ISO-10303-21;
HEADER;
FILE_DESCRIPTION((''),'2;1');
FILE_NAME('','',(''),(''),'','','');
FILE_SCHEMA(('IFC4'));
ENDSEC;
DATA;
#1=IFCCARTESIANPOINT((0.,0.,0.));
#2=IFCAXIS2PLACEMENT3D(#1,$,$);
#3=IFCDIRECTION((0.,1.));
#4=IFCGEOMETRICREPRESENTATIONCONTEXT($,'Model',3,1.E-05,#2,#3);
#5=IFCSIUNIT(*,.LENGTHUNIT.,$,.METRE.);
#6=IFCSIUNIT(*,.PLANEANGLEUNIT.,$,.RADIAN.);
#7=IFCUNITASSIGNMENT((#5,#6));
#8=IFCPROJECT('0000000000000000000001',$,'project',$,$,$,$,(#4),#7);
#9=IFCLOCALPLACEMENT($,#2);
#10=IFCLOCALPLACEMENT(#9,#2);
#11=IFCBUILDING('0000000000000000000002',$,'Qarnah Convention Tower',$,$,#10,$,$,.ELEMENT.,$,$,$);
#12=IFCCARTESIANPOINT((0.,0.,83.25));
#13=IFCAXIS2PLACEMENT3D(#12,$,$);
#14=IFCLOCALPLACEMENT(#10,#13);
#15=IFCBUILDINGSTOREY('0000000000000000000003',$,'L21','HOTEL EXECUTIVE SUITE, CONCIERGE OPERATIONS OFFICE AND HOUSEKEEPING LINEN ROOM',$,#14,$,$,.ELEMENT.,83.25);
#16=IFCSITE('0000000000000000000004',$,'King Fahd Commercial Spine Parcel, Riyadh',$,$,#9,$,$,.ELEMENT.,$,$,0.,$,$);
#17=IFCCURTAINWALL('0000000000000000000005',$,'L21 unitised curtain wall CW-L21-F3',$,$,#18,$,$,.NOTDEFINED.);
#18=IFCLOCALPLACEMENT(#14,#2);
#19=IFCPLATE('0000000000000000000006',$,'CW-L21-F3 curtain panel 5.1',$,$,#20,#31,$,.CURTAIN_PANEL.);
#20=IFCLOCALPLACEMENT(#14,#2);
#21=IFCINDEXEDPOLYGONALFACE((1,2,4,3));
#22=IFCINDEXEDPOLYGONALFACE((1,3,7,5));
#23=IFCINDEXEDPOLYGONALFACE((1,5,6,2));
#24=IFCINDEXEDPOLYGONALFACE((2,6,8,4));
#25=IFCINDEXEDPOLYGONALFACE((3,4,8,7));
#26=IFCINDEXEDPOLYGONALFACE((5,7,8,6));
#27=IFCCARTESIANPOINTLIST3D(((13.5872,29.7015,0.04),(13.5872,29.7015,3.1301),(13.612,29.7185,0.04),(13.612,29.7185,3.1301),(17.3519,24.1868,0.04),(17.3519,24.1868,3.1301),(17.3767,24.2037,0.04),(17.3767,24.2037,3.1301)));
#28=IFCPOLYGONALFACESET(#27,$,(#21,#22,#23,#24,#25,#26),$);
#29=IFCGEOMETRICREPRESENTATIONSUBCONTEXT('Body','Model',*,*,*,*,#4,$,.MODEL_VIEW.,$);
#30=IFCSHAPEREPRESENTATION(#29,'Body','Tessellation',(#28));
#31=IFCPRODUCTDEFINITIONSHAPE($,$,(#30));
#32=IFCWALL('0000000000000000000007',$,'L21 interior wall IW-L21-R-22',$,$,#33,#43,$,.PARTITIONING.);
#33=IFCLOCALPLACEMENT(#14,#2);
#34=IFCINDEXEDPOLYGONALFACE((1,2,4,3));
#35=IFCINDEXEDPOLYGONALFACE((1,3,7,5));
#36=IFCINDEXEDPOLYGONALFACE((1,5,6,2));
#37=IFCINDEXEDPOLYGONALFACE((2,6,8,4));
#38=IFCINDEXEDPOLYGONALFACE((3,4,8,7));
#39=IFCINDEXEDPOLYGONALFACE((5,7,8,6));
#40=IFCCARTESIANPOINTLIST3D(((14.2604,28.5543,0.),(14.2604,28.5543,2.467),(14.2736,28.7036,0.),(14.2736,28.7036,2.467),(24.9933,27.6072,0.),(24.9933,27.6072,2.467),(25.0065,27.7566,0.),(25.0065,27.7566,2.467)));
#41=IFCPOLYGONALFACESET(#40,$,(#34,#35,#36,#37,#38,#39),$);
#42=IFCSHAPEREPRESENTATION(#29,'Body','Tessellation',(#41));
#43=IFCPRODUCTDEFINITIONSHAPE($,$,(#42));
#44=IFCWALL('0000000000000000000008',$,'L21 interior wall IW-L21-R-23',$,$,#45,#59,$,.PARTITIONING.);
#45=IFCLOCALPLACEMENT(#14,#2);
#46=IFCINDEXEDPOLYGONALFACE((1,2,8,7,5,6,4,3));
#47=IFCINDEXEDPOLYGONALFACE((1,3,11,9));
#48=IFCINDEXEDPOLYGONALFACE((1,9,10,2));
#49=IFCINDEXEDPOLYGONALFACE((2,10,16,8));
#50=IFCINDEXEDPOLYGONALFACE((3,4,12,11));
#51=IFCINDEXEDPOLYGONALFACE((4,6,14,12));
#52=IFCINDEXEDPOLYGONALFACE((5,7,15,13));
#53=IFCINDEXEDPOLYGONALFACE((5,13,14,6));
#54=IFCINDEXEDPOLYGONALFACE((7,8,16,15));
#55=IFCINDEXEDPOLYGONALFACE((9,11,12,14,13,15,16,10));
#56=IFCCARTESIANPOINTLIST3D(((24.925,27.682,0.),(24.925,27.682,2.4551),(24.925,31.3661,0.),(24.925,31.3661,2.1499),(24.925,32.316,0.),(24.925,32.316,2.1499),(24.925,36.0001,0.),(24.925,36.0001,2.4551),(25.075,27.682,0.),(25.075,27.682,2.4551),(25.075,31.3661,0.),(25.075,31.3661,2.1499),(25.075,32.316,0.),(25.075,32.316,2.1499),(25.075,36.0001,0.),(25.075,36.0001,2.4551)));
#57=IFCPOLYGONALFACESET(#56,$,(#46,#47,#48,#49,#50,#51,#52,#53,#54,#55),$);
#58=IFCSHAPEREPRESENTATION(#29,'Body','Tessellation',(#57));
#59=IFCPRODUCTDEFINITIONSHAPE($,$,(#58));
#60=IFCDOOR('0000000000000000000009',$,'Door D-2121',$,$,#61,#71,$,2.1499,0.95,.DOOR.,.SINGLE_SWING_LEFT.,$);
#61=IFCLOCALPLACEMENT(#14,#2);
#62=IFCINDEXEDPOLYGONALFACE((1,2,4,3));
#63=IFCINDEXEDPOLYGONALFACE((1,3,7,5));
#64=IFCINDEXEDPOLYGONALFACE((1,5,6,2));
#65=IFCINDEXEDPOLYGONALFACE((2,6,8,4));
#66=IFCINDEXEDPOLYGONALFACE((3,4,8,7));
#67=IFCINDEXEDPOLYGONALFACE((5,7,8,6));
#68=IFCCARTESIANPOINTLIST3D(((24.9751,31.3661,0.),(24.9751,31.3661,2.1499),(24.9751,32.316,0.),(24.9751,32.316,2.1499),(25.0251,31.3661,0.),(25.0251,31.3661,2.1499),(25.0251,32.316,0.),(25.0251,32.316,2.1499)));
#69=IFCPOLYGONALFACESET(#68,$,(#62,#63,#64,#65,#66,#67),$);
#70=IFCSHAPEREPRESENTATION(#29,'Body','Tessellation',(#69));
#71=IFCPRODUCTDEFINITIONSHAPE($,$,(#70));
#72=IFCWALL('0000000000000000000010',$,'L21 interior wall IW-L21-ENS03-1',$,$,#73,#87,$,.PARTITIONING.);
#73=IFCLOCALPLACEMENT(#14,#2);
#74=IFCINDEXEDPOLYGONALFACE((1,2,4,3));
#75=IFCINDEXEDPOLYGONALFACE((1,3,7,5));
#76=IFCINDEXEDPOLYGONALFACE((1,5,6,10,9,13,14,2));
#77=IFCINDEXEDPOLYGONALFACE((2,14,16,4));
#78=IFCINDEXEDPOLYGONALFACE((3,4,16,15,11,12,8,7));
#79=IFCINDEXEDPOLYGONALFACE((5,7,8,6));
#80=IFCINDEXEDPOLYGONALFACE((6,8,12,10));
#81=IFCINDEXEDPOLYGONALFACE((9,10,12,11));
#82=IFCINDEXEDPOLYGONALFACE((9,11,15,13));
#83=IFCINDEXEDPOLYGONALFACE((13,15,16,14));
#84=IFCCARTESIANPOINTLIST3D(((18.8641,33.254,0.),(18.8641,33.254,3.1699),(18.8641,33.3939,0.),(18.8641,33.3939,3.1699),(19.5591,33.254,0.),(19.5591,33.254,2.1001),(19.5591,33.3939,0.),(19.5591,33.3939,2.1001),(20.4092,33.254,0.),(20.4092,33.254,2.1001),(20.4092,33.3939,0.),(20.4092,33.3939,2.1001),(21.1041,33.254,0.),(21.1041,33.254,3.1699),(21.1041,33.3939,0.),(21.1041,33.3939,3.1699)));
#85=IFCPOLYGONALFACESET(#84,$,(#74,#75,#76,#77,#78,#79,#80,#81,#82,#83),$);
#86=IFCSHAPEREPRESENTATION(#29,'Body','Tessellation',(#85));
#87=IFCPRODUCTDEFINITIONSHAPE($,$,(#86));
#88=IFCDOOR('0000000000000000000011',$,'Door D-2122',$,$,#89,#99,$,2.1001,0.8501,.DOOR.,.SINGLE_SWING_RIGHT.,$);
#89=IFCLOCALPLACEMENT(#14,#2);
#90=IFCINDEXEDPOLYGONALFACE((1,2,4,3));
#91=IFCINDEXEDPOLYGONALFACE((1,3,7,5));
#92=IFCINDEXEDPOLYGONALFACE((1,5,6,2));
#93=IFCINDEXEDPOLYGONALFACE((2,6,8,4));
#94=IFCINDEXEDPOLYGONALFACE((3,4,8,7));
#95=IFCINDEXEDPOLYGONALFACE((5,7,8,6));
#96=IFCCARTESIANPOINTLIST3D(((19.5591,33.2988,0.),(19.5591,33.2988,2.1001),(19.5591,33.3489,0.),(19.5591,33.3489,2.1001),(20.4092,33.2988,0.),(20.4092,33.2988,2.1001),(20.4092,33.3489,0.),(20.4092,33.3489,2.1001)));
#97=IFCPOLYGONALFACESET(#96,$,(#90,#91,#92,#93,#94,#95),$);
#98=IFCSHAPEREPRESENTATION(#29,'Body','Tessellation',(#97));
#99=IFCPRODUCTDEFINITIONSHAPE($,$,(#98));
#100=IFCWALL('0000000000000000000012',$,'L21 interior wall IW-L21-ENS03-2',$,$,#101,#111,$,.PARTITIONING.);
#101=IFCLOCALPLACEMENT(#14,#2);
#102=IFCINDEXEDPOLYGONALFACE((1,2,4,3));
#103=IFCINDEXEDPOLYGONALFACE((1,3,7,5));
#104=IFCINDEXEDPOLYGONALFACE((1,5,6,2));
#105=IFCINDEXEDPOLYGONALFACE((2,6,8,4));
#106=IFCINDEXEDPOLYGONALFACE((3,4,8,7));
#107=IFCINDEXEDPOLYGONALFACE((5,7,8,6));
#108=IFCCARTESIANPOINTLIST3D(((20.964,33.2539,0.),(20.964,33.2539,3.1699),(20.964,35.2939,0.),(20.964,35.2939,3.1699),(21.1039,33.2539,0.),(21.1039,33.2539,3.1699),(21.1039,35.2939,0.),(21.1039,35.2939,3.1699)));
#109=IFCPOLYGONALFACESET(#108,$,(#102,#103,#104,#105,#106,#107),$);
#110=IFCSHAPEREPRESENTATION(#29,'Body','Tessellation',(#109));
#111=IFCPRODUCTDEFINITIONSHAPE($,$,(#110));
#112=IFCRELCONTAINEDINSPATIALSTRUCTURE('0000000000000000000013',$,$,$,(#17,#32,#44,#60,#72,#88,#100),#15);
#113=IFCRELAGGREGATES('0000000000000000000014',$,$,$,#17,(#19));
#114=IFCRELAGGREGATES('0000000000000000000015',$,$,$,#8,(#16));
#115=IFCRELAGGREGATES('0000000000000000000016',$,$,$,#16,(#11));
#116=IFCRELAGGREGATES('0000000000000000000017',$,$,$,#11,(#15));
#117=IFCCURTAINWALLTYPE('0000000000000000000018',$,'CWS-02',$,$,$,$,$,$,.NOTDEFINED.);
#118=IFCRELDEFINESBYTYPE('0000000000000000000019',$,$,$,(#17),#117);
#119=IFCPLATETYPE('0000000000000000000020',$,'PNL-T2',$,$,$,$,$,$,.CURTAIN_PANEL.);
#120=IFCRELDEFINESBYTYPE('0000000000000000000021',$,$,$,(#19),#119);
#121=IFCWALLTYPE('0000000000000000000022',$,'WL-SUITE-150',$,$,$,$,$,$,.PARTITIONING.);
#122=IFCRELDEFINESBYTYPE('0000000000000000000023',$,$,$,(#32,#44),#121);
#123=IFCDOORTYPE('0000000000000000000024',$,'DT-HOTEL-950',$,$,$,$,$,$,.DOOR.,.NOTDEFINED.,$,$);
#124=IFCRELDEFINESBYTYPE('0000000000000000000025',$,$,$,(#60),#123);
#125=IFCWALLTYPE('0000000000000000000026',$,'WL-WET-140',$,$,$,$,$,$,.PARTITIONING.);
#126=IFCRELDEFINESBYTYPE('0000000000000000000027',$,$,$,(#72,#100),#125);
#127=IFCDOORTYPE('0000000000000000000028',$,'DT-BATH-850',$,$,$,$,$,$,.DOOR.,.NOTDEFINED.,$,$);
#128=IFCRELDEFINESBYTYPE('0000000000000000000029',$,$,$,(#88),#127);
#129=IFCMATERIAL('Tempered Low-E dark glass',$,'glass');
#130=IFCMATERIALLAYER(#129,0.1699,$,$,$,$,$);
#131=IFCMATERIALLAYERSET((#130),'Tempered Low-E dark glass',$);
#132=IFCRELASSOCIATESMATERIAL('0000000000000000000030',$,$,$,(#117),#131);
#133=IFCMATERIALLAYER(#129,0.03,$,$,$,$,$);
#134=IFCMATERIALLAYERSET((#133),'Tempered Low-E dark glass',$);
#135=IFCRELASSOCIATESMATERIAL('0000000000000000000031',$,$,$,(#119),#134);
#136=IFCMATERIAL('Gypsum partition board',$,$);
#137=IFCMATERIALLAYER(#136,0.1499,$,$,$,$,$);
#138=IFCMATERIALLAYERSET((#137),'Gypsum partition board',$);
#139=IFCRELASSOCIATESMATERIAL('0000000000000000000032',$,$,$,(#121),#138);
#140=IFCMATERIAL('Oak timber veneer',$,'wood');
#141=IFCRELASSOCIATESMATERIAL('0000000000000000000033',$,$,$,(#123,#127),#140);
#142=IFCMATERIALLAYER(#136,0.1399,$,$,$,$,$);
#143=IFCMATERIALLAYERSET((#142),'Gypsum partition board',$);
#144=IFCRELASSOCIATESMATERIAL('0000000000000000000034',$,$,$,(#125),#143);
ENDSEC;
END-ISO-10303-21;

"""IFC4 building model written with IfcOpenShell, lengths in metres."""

from ifc_helpers import new_model, si_unit, direction, frame, frame_2d, origin, origin_2d, place, context, subcontext, project, spatial, rectangle, extrude, material, layer, layer_set, type_object, element, fill, aggregate, save


model = new_model("IFC4")

# Units and contexts
model_context = context("Model", 3, precision=1e-05, world=origin(), true_north=direction((0.0, 1.0)))
body_context = subcontext(model_context, "Body", "Model", "MODEL_VIEW")
ifc_project = project(units=[si_unit("LENGTHUNIT", "METRE"), si_unit("PLANEANGLEUNIT", "RADIAN")], contexts=[model_context])

# Site, building, storey
site_placement = place(None, origin())
site = spatial("IfcSite", under=ifc_project, at=site_placement, Name="King Fahd Commercial Spine Parcel, Riyadh", CompositionType="ELEMENT", RefElevation=0.0)
building_placement = place(site_placement, origin())
building = spatial("IfcBuilding", under=site, at=building_placement, Name="Qarnah Convention Tower", CompositionType="ELEMENT")
storey_placement = place(building_placement, frame((0.0, 0.0, 83.25)))
storey = spatial("IfcBuildingStorey", under=building, at=storey_placement, Name="L21", Description="HOTEL EXECUTIVE SUITE, CONCIERGE OPERATIONS OFFICE AND HOUSEKEEPING LINEN ROOM", CompositionType="ELEMENT", Elevation=83.25)

# Curtain wall, plate
ifc_material_1 = material(Name="Tempered Low-E dark glass", Category="glass")
ifc_layer_1 = layer(ifc_material_1, 0.1699)
ifc_layer_set_1 = layer_set([ifc_layer_1], Name="Tempered Low-E dark glass")
curtain_wall_type = type_object("IfcCurtainWallType", Name="CWS-02", PredefinedType="NOTDEFINED", material=ifc_layer_set_1)
curtain_wall_placement = place(storey_placement, origin())
curtain_wall = element("IfcCurtainWall", 1, at=curtain_wall_placement, inside=storey, type_object=curtain_wall_type, Name="L21 unitised curtain wall CW-L21-F3", PredefinedType="NOTDEFINED")
ifc_layer_2 = layer(ifc_material_1, 0.03)
ifc_layer_set_2 = layer_set([ifc_layer_2], Name="Tempered Low-E dark glass")
plate_type = type_object("IfcPlateType", Name="PNL-T2", PredefinedType="CURTAIN_PANEL", material=ifc_layer_set_2)
plate_placement = place(storey_placement, frame((15.4819, 26.9526, 0.04), z_axis=(0.0, 0.0, 1.0), x_axis=(-0.563812, 0.825903, 0.0)))
plate = element("IfcPlate", 2, at=plate_placement, type_object=plate_type, Name="CW-L21-F3 curtain panel 5.1", PredefinedType="CURTAIN_PANEL", context=body_context, shape_type="SweptSolid", body=[
    extrude(rectangle(XDim=6.6772, YDim=0.03, at=origin_2d()), origin(), (0.0, 0.0, 1.0), 3.0901),
])
aggregate(curtain_wall, [plate])

# Wall
ifc_material_2 = material(Name="Gypsum partition board")
ifc_layer_3 = layer(ifc_material_2, 0.1499)
ifc_layer_set_3 = layer_set([ifc_layer_3], Name="Gypsum partition board")
wall_type_1 = type_object("IfcWallType", Name="WL-SUITE-150", PredefinedType="PARTITIONING", material=ifc_layer_set_3)
wall_1_placement = place(storey_placement, frame((14.2671, 28.6289, 0.0), z_axis=(0.0, 0.0, 1.0), x_axis=(0.99613, -0.087894, 0.0)))
element("IfcWall", 3, at=wall_1_placement, inside=storey, type_object=wall_type_1, Name="L21 interior wall IW-L21-R-22", PredefinedType="PARTITIONING", context=body_context, shape_type="SweptSolid", body=[
    extrude(rectangle(XDim=10.7747, YDim=0.1499, at=frame_2d((5.3872, 0.0))), origin(), (0.0, 0.0, 1.0), 2.467),
])

# Walls, openings, doors
wall_2_placement = place(storey_placement, frame((25.0, 27.6819, 0.0), z_axis=(0.0, 0.0, 1.0), x_axis=(0.0, 1.0, 0.0)))
wall_2 = element("IfcWall", 4, at=wall_2_placement, inside=storey, type_object=wall_type_1, Name="L21 interior wall IW-L21-R-23", PredefinedType="PARTITIONING", context=body_context, shape_type="SweptSolid", body=[
    extrude(rectangle(XDim=8.3181, YDim=0.1499, at=frame_2d((4.1592, 0.0))), origin(), (0.0, 0.0, 1.0), 2.4551),
])
opening_1_placement = place(wall_2_placement, frame((3.6841, 0.0, 0.0)))
opening_1 = element("IfcOpeningElement", 5, at=opening_1_placement, cuts=wall_2, PredefinedType="OPENING", context=body_context, shape_type="SweptSolid", body=[
    extrude(rectangle(XDim=0.95, YDim=2.1499, at=frame_2d((0.4751, 1.075))), frame((0.0, 0.085, 0.0), z_axis=(0.0, -1.0, 0.0), x_axis=(1.0, 0.0, 0.0)), (0.0, 0.0, 1.0), 0.1699),
])
ifc_material_3 = material(Name="Oak timber veneer", Category="wood")
door_type_1 = type_object("IfcDoorType", Name="DT-HOTEL-950", OperationType="NOTDEFINED", PredefinedType="DOOR", material=ifc_material_3)
door_1_placement = place(opening_1_placement, origin())
door_1 = element("IfcDoor", 6, at=door_1_placement, inside=storey, type_object=door_type_1, Name="Door D-2121", OperationType="SINGLE_SWING_LEFT", OverallHeight=2.1499, OverallWidth=0.95, PredefinedType="DOOR", context=body_context, shape_type="SweptSolid", body=[
    extrude(rectangle(XDim=0.95, YDim=2.1499, at=frame_2d((0.4751, 1.075))), frame((0.0, 0.0249, 0.0), z_axis=(0.0, -1.0, 0.0), x_axis=(1.0, 0.0, 0.0)), (0.0, 0.0, 1.0), 0.05),
])
fill(opening_1, door_1)
ifc_layer_4 = layer(ifc_material_2, 0.1399)
ifc_layer_set_4 = layer_set([ifc_layer_4], Name="Gypsum partition board")
wall_type_2 = type_object("IfcWallType", Name="WL-WET-140", PredefinedType="PARTITIONING", material=ifc_layer_set_4)
wall_3_placement = place(storey_placement, frame((18.864, 33.324, 0.0), z_axis=(0.0, 0.0, 1.0), x_axis=(1.0, 0.0, 0.0)))
wall_3 = element("IfcWall", 7, at=wall_3_placement, inside=storey, type_object=wall_type_2, Name="L21 interior wall IW-L21-ENS03-1", PredefinedType="PARTITIONING", context=body_context, shape_type="SweptSolid", body=[
    extrude(rectangle(XDim=2.24, YDim=0.1399, at=frame_2d((1.1201, 0.0))), origin(), (0.0, 0.0, 1.0), 3.1699),
])
opening_2_placement = place(wall_3_placement, frame((0.6951, 0.0, 0.0)))
opening_2 = element("IfcOpeningElement", 8, at=opening_2_placement, cuts=wall_3, PredefinedType="OPENING", context=body_context, shape_type="SweptSolid", body=[
    extrude(rectangle(XDim=0.8501, YDim=2.1001, at=frame_2d((0.425, 1.05))), frame((0.0, 0.0798, 0.0), z_axis=(0.0, -1.0, 0.0), x_axis=(1.0, 0.0, 0.0)), (0.0, 0.0, 1.0), 0.1599),
])
door_type_2 = type_object("IfcDoorType", Name="DT-BATH-850", OperationType="NOTDEFINED", PredefinedType="DOOR", material=ifc_material_3)
door_2_placement = place(opening_2_placement, origin())
door_2 = element("IfcDoor", 9, at=door_2_placement, inside=storey, type_object=door_type_2, Name="Door D-2122", OperationType="SINGLE_SWING_RIGHT", OverallHeight=2.1001, OverallWidth=0.8501, PredefinedType="DOOR", context=body_context, shape_type="SweptSolid", body=[
    extrude(rectangle(XDim=0.8501, YDim=2.1001, at=frame_2d((0.425, 1.05))), frame((0.0, 0.0249, 0.0), z_axis=(0.0, -1.0, 0.0), x_axis=(1.0, 0.0, 0.0)), (0.0, 0.0, 1.0), 0.05),
])
fill(opening_2, door_2)

# Wall
wall_4_placement = place(storey_placement, frame((21.0339, 33.2539, 0.0), z_axis=(0.0, 0.0, 1.0), x_axis=(0.0, 1.0, 0.0)))
element("IfcWall", 10, at=wall_4_placement, inside=storey, type_object=wall_type_2, Name="L21 interior wall IW-L21-ENS03-2", PredefinedType="PARTITIONING", context=body_context, shape_type="SweptSolid", body=[
    extrude(rectangle(XDim=2.04, YDim=0.1399, at=frame_2d((1.02, 0.0))), origin(), (0.0, 0.0, 1.0), 3.1699),
])

save(model, "model.ifc")
